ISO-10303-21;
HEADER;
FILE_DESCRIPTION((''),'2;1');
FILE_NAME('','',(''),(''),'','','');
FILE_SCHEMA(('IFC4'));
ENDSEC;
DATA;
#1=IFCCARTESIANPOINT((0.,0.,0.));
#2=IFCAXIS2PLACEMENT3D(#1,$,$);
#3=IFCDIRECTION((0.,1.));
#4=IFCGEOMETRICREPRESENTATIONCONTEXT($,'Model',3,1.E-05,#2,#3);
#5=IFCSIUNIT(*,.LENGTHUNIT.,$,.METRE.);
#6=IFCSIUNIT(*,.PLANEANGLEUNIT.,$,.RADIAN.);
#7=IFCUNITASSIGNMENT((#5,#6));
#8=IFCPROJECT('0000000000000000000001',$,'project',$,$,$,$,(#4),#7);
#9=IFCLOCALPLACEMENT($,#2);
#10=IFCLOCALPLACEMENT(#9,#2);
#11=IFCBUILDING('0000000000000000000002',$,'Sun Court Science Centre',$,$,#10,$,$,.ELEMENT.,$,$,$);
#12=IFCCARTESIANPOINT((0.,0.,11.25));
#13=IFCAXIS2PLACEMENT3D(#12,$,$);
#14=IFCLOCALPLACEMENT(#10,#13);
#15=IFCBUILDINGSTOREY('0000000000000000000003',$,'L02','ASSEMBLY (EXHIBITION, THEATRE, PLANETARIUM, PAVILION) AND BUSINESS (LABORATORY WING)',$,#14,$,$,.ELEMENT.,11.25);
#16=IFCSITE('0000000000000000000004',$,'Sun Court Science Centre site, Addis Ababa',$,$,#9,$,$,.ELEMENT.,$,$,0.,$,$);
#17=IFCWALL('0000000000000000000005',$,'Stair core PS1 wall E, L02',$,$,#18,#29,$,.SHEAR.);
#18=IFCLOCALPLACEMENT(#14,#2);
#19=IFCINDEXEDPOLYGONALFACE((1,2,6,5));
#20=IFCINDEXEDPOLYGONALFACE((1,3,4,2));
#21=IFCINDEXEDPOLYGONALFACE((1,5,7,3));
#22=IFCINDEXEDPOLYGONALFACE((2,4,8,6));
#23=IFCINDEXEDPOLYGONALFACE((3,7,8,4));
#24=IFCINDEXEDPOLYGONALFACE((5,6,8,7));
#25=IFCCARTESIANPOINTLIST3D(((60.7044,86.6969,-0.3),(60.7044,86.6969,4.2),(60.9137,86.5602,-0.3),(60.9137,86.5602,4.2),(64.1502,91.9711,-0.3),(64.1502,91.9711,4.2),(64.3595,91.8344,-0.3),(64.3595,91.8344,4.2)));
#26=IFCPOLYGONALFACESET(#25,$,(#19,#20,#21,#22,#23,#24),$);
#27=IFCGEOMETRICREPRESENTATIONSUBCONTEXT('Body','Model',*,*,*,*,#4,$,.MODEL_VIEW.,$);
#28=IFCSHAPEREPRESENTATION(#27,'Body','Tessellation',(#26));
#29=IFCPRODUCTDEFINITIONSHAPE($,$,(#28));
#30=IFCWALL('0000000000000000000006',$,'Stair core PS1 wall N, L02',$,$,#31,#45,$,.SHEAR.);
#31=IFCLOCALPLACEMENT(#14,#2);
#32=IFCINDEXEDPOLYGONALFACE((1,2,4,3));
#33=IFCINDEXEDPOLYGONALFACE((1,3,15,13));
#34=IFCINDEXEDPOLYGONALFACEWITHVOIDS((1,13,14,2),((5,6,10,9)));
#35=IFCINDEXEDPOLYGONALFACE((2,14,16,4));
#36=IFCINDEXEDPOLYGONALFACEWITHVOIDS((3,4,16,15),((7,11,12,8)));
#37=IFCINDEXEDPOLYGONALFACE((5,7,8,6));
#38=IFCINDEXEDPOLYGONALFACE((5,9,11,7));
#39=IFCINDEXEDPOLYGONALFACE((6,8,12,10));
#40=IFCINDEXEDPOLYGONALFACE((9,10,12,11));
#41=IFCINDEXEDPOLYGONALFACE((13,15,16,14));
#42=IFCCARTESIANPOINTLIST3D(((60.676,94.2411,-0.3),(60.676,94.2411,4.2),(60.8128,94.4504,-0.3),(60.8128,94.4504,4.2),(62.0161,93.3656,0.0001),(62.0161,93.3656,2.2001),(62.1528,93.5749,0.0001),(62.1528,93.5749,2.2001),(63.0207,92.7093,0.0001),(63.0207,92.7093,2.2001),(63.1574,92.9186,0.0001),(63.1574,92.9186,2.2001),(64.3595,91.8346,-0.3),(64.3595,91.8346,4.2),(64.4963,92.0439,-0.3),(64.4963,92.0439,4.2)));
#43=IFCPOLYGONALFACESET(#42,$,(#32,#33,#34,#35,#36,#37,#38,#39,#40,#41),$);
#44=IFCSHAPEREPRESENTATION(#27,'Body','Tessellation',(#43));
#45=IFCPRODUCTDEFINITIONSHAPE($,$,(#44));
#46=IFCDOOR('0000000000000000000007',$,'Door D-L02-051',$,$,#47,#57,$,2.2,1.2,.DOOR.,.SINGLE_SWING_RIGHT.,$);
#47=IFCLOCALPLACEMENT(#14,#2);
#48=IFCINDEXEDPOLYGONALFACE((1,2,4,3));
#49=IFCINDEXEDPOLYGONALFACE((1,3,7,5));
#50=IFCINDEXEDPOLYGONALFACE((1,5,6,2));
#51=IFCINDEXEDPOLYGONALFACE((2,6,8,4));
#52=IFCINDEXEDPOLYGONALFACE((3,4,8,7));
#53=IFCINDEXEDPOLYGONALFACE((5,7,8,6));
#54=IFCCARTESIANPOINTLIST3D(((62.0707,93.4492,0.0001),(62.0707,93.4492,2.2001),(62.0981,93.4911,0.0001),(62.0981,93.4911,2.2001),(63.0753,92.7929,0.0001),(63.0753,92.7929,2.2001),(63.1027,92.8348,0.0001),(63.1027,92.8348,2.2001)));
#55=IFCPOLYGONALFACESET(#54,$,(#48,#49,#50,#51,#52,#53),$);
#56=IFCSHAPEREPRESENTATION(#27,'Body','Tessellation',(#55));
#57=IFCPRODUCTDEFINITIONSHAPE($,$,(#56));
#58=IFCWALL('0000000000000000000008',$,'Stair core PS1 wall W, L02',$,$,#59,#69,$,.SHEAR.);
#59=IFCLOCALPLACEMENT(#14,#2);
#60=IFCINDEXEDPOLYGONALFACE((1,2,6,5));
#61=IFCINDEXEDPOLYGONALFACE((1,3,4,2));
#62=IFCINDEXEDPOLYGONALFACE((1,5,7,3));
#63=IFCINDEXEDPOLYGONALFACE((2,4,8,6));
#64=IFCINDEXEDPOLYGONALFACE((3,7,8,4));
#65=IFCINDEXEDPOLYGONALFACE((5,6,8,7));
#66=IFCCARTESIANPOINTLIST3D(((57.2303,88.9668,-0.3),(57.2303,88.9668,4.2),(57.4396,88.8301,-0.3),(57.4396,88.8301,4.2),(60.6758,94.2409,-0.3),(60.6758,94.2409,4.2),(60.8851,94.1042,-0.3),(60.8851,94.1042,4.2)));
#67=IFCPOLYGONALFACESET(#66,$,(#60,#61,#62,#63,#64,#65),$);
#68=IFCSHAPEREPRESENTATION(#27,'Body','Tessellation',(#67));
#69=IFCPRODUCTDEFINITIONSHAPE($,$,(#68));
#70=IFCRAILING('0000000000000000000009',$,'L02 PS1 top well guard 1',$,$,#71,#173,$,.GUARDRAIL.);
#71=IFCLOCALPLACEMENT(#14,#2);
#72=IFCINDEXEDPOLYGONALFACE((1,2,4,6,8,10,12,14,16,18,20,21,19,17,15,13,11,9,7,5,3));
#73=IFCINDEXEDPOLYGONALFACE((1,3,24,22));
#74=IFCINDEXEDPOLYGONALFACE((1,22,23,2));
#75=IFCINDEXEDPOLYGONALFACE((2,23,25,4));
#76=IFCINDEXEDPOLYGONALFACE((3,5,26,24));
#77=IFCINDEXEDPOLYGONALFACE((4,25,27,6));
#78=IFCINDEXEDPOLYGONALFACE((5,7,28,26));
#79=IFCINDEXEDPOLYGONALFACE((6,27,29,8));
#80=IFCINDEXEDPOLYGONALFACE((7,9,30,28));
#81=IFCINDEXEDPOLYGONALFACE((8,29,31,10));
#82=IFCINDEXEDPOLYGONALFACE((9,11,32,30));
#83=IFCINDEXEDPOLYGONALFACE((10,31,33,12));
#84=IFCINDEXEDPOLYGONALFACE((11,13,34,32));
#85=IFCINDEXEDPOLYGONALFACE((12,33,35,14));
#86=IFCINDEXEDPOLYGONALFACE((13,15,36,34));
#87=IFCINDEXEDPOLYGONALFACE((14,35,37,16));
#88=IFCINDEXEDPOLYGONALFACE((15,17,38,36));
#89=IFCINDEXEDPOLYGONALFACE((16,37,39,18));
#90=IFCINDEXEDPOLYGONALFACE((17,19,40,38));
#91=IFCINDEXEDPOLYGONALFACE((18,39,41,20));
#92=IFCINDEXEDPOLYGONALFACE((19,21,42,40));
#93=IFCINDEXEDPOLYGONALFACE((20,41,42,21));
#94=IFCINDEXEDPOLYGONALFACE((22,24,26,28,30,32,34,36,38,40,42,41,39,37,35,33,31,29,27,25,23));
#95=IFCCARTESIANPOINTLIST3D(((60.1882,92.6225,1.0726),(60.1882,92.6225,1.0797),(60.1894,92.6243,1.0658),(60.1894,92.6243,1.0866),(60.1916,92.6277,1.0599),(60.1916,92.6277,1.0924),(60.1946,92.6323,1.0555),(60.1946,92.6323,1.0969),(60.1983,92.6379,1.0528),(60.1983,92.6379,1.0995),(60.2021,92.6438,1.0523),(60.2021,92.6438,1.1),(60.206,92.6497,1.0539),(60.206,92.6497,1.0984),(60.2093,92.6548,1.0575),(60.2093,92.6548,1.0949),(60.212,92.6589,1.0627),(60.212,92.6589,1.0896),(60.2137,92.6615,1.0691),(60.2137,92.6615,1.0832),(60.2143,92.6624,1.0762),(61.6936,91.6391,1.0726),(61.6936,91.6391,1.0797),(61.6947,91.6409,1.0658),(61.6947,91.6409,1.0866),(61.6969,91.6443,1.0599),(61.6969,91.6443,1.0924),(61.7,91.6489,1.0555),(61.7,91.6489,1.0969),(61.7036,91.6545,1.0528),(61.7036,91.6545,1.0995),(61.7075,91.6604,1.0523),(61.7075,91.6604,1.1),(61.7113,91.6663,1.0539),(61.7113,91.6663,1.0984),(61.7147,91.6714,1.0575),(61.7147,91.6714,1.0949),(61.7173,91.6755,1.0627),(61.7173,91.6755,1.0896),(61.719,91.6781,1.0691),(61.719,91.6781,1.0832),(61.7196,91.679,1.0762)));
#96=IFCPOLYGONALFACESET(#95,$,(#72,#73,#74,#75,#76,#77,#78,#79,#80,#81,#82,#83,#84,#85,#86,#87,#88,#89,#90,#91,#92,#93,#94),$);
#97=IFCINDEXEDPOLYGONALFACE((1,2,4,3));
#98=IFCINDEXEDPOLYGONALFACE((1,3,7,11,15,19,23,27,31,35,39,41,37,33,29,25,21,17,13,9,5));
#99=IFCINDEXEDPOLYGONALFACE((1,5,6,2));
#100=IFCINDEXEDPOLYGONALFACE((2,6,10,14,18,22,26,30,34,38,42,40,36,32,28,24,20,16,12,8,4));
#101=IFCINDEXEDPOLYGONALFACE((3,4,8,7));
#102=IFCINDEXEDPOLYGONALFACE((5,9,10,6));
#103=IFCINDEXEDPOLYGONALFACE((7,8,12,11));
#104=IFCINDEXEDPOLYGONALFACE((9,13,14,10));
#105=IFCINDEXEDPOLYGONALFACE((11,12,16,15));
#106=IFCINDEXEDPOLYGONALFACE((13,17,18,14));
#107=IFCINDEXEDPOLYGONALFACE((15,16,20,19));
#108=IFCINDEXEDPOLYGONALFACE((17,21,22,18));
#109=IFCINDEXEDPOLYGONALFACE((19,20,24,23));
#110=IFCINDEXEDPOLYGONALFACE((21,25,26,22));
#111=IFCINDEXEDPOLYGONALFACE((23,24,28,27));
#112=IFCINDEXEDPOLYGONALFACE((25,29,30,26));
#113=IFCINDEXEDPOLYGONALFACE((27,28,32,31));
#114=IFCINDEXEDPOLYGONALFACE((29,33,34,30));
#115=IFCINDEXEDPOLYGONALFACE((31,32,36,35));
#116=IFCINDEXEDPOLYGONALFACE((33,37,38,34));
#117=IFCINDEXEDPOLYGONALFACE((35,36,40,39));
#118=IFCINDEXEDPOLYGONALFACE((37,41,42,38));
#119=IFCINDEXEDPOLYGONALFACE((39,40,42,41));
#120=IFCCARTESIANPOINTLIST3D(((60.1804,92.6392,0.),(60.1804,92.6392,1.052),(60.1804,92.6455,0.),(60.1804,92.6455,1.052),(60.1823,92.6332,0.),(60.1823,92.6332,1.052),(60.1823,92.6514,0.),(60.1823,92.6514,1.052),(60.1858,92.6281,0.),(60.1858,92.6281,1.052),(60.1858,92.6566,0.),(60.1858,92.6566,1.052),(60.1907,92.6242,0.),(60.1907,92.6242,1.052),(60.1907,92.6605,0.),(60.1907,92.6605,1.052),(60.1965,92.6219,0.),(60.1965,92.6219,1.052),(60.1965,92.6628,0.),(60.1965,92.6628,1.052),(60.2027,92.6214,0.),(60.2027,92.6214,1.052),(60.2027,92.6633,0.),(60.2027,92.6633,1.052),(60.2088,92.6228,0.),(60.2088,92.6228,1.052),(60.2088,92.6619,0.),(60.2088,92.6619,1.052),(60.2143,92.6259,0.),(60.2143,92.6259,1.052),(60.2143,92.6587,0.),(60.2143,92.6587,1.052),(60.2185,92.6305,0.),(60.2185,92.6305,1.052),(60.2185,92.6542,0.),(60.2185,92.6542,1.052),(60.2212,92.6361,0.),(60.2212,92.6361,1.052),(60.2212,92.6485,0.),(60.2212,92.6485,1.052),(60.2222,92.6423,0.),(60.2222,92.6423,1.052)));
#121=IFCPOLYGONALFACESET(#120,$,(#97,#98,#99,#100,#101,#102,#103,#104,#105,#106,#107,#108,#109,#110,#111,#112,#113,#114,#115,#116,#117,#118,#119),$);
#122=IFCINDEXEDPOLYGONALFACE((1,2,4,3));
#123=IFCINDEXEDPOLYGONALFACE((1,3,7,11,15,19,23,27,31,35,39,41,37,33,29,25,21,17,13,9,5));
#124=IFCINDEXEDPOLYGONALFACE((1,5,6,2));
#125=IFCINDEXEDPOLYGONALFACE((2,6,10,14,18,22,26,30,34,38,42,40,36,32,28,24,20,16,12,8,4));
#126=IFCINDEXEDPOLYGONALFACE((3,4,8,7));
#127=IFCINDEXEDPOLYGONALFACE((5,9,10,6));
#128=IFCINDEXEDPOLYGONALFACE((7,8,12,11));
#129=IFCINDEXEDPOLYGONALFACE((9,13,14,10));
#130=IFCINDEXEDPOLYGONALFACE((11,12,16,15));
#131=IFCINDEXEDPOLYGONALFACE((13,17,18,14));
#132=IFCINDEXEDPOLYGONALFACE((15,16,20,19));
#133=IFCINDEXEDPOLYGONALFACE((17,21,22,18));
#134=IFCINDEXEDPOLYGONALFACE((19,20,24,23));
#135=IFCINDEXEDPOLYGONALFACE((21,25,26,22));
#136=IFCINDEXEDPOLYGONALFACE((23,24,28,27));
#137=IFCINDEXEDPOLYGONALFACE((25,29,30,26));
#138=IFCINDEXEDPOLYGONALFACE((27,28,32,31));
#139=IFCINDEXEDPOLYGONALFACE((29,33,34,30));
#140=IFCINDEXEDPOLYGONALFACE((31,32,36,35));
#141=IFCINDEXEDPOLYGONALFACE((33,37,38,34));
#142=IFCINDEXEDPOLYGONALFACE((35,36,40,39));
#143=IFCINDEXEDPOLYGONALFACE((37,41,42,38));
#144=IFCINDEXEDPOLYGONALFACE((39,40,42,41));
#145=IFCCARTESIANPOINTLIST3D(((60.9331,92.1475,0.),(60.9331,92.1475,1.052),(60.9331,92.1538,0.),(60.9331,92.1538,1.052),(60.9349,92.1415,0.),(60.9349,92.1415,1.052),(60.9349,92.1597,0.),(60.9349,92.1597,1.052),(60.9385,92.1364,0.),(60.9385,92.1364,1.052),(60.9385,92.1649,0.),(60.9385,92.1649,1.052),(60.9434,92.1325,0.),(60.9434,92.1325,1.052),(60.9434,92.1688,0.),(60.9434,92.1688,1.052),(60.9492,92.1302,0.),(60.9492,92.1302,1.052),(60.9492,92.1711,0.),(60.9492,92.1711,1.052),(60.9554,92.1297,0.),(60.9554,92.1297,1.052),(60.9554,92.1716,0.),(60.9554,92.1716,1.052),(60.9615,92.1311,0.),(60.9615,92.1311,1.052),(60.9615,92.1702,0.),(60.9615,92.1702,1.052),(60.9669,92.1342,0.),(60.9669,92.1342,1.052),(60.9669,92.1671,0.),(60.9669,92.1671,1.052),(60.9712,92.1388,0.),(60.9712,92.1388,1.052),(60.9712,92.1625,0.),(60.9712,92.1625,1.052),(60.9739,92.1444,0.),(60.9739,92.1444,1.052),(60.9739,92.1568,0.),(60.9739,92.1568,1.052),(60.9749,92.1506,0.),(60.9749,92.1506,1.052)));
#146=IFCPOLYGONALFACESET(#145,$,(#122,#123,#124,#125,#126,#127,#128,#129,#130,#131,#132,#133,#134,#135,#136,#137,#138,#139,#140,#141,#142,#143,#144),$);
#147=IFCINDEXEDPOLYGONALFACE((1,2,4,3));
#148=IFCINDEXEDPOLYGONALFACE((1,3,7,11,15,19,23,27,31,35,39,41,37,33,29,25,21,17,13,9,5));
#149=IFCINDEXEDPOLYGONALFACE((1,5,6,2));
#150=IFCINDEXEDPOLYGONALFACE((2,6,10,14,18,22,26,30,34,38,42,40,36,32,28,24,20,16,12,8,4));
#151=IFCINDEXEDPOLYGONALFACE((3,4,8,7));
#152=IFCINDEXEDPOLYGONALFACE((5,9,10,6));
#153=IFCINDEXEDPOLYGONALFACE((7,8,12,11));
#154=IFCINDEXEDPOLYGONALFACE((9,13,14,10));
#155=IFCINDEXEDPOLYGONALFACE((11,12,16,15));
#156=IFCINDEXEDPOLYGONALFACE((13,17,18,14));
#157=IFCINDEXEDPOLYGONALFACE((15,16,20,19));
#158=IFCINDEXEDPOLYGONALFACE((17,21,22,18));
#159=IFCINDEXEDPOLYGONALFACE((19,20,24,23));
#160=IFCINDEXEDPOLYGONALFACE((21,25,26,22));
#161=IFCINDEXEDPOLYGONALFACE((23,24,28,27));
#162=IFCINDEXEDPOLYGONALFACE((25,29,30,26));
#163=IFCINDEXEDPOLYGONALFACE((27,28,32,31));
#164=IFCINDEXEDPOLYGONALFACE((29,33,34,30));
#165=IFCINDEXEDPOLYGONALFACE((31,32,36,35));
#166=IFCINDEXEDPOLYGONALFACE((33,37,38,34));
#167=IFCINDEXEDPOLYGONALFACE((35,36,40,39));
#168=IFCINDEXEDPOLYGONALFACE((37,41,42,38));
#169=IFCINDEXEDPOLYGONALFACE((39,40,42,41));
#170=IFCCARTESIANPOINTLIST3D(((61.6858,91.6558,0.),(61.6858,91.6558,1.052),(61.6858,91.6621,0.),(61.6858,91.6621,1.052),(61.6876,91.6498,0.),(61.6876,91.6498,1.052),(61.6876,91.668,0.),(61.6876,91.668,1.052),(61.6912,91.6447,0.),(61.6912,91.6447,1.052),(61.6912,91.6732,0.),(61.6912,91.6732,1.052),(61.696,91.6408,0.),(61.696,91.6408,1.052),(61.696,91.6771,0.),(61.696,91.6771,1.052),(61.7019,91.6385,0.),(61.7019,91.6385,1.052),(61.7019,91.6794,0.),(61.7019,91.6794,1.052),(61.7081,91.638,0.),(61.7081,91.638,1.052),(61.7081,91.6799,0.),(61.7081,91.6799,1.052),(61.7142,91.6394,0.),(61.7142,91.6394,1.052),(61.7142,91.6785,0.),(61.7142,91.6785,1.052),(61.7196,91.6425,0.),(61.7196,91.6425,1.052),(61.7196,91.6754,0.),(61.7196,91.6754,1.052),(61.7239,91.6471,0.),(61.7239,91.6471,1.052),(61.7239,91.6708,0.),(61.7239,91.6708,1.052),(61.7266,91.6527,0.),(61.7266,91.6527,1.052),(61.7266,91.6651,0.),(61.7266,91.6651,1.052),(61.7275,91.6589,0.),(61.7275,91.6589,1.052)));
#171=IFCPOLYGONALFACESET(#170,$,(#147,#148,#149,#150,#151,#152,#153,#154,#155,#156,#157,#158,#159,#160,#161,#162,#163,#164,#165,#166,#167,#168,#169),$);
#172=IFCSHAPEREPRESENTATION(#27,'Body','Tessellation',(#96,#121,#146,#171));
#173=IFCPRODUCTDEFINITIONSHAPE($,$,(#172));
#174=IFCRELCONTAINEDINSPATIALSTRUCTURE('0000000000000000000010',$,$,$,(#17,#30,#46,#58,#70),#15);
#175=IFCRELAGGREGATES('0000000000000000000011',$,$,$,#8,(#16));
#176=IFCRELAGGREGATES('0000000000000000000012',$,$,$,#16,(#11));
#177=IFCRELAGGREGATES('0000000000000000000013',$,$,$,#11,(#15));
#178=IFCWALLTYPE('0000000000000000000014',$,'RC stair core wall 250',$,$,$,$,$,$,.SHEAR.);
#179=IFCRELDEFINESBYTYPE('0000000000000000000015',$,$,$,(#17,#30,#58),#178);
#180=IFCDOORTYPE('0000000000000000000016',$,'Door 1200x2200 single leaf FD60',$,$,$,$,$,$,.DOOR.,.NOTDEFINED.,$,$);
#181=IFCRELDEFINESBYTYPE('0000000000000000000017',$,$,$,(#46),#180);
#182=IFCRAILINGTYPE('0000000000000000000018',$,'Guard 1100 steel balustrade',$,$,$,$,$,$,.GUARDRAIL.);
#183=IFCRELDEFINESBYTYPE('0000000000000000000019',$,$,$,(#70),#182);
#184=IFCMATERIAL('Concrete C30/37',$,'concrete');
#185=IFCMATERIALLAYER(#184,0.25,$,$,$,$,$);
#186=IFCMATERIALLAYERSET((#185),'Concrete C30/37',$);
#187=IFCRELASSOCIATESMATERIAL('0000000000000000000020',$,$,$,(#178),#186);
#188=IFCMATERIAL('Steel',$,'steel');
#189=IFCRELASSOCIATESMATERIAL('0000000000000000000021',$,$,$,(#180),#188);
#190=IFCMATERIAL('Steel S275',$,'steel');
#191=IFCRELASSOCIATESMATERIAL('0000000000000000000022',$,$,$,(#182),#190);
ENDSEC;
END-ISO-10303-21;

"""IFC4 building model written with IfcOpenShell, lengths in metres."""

from ifc_helpers import new_model, si_unit, direction, frame, frame_2d, origin, origin_2d, place, context, subcontext, project, spatial, rectangle, circle, extrude, material, layer, layer_set, type_object, element, fill, save


model = new_model("IFC4")

# Units and contexts
model_context = context("Model", 3, precision=1e-05, world=origin(), true_north=direction((0.0, 1.0)))
body_context = subcontext(model_context, "Body", "Model", "MODEL_VIEW")
ifc_project = project(units=[si_unit("LENGTHUNIT", "METRE"), si_unit("PLANEANGLEUNIT", "RADIAN")], contexts=[model_context])

# Site, building, storey
site_placement = place(None, origin())
site = spatial("IfcSite", under=ifc_project, at=site_placement, Name="Sun Court Science Centre site, Addis Ababa", CompositionType="ELEMENT", RefElevation=0.0)
building_placement = place(site_placement, origin())
building = spatial("IfcBuilding", under=site, at=building_placement, Name="Sun Court Science Centre", CompositionType="ELEMENT")
storey_placement = place(building_placement, frame((0.0, 0.0, 11.25)))
storey = spatial("IfcBuildingStorey", under=building, at=storey_placement, Name="L02", Description="ASSEMBLY (EXHIBITION, THEATRE, PLANETARIUM, PAVILION) AND BUSINESS (LABORATORY WING)", CompositionType="ELEMENT", Elevation=11.25)

# Wall
ifc_material_1 = material(Name="Concrete C30/37", Category="concrete")
ifc_layer_1 = layer(ifc_material_1, 0.25)
ifc_layer_set_1 = layer_set([ifc_layer_1], Name="Concrete C30/37")
wall_type_1 = type_object("IfcWallType", Name="RC stair core wall 250", PredefinedType="SHEAR", material=ifc_layer_set_1)
wall_1_placement = place(storey_placement, frame((60.8091, 86.6287, -0.3), z_axis=(0.0, 0.0, 1.0), x_axis=(0.54695, 0.837165, 0.0)))
element("IfcWall", 1, at=wall_1_placement, inside=storey, type_object=wall_type_1, Name="Stair core PS1 wall E, L02", PredefinedType="SHEAR", context=body_context, shape_type="SweptSolid", body=[
    extrude(rectangle(XDim=6.3, YDim=0.25, at=frame_2d((3.1499, 0.0))), origin(), (0.0, 0.0, 1.0), 4.5),
])

# Wall, opening, door
wall_2_placement = place(storey_placement, frame((60.7444, 94.3457, -0.3), z_axis=(0.0, 0.0, 1.0), x_axis=(0.837179, -0.546929, 0.0)))
wall_2 = element("IfcWall", 2, at=wall_2_placement, inside=storey, type_object=wall_type_1, Name="Stair core PS1 wall N, L02", PredefinedType="SHEAR", context=body_context, shape_type="SweptSolid", body=[
    extrude(rectangle(XDim=4.3999, YDim=0.25, at=frame_2d((2.2, 0.0))), origin(), (0.0, 0.0, 1.0), 4.5),
])
opening_1_placement = place(wall_2_placement, frame((1.6006, 0.0, 0.3)))
opening_1 = element("IfcOpeningElement", 3, at=opening_1_placement, cuts=wall_2, PredefinedType="OPENING", context=body_context, shape_type="SweptSolid", body=[
    extrude(rectangle(XDim=1.2, YDim=2.2, at=frame_2d((0.6001, 1.1001))), frame((0.0, 0.135, 0.0), z_axis=(0.0, -1.0, 0.0), x_axis=(1.0, 0.0, 0.0)), (0.0, 0.0, 1.0), 0.27),
])
ifc_material_2 = material(Name="Steel", Category="steel")
door_type_1 = type_object("IfcDoorType", Name="Door 1200x2200 single leaf FD60", OperationType="NOTDEFINED", PredefinedType="DOOR", material=ifc_material_2)
door_1_placement = place(opening_1_placement, origin())
door_1 = element("IfcDoor", 4, at=door_1_placement, inside=storey, type_object=door_type_1, Name="Door D-L02-051", OperationType="SINGLE_SWING_RIGHT", OverallHeight=2.2, OverallWidth=1.2, PredefinedType="DOOR", context=body_context, shape_type="SweptSolid", body=[
    extrude(rectangle(XDim=1.2, YDim=2.2, at=frame_2d((0.6001, 1.1001))), frame((0.0, 0.0249, 0.0), z_axis=(0.0, -1.0, 0.0), x_axis=(1.0, 0.0, 0.0)), (0.0, 0.0, 1.0), 0.05),
])
fill(opening_1, door_1)

# Wall
wall_3_placement = place(storey_placement, frame((57.335, 88.8984, -0.3), z_axis=(0.0, 0.0, 1.0), x_axis=(0.546923, 0.837183, 0.0)))
element("IfcWall", 5, at=wall_3_placement, inside=storey, type_object=wall_type_1, Name="Stair core PS1 wall W, L02", PredefinedType="SHEAR", context=body_context, shape_type="SweptSolid", body=[
    extrude(rectangle(XDim=6.2998, YDim=0.25, at=frame_2d((3.1499, 0.0))), origin(), (0.0, 0.0, 1.0), 4.5),
])

# Railing
ifc_material_3 = material(Name="Steel S275", Category="steel")
railing_type = type_object("IfcRailingType", Name="Guard 1100 steel balustrade", PredefinedType="GUARDRAIL", material=ifc_material_3)
railing_placement = place(storey_placement, frame((60.2012, 92.6423, 0.0)))
element("IfcRailing", 6, at=railing_placement, inside=storey, type_object=railing_type, Name="L02 PS1 top well guard 1", PredefinedType="GUARDRAIL", context=body_context, shape_type="SweptSolid", body=[
    extrude(circle(Radius=0.0239, at=origin_2d()), frame((0.0, 0.0, 1.0762), z_axis=(0.837194, -0.546905, 0.0), x_axis=(0.546905, 0.837194, 0.0)), (0.0, 0.0, 1.0), 1.7981),
    extrude(circle(Radius=0.021, at=origin_2d()), origin(), (0.0, 0.0, 1.0), 1.052),
    extrude(circle(Radius=0.021, at=origin_2d()), frame((0.7527, -0.4917, 0.0)), (0.0, 0.0, 1.0), 1.052),
    extrude(circle(Radius=0.021, at=origin_2d()), frame((1.5054, -0.9834, 0.0)), (0.0, 0.0, 1.0), 1.052),
])

save(model, "model.ifc")
